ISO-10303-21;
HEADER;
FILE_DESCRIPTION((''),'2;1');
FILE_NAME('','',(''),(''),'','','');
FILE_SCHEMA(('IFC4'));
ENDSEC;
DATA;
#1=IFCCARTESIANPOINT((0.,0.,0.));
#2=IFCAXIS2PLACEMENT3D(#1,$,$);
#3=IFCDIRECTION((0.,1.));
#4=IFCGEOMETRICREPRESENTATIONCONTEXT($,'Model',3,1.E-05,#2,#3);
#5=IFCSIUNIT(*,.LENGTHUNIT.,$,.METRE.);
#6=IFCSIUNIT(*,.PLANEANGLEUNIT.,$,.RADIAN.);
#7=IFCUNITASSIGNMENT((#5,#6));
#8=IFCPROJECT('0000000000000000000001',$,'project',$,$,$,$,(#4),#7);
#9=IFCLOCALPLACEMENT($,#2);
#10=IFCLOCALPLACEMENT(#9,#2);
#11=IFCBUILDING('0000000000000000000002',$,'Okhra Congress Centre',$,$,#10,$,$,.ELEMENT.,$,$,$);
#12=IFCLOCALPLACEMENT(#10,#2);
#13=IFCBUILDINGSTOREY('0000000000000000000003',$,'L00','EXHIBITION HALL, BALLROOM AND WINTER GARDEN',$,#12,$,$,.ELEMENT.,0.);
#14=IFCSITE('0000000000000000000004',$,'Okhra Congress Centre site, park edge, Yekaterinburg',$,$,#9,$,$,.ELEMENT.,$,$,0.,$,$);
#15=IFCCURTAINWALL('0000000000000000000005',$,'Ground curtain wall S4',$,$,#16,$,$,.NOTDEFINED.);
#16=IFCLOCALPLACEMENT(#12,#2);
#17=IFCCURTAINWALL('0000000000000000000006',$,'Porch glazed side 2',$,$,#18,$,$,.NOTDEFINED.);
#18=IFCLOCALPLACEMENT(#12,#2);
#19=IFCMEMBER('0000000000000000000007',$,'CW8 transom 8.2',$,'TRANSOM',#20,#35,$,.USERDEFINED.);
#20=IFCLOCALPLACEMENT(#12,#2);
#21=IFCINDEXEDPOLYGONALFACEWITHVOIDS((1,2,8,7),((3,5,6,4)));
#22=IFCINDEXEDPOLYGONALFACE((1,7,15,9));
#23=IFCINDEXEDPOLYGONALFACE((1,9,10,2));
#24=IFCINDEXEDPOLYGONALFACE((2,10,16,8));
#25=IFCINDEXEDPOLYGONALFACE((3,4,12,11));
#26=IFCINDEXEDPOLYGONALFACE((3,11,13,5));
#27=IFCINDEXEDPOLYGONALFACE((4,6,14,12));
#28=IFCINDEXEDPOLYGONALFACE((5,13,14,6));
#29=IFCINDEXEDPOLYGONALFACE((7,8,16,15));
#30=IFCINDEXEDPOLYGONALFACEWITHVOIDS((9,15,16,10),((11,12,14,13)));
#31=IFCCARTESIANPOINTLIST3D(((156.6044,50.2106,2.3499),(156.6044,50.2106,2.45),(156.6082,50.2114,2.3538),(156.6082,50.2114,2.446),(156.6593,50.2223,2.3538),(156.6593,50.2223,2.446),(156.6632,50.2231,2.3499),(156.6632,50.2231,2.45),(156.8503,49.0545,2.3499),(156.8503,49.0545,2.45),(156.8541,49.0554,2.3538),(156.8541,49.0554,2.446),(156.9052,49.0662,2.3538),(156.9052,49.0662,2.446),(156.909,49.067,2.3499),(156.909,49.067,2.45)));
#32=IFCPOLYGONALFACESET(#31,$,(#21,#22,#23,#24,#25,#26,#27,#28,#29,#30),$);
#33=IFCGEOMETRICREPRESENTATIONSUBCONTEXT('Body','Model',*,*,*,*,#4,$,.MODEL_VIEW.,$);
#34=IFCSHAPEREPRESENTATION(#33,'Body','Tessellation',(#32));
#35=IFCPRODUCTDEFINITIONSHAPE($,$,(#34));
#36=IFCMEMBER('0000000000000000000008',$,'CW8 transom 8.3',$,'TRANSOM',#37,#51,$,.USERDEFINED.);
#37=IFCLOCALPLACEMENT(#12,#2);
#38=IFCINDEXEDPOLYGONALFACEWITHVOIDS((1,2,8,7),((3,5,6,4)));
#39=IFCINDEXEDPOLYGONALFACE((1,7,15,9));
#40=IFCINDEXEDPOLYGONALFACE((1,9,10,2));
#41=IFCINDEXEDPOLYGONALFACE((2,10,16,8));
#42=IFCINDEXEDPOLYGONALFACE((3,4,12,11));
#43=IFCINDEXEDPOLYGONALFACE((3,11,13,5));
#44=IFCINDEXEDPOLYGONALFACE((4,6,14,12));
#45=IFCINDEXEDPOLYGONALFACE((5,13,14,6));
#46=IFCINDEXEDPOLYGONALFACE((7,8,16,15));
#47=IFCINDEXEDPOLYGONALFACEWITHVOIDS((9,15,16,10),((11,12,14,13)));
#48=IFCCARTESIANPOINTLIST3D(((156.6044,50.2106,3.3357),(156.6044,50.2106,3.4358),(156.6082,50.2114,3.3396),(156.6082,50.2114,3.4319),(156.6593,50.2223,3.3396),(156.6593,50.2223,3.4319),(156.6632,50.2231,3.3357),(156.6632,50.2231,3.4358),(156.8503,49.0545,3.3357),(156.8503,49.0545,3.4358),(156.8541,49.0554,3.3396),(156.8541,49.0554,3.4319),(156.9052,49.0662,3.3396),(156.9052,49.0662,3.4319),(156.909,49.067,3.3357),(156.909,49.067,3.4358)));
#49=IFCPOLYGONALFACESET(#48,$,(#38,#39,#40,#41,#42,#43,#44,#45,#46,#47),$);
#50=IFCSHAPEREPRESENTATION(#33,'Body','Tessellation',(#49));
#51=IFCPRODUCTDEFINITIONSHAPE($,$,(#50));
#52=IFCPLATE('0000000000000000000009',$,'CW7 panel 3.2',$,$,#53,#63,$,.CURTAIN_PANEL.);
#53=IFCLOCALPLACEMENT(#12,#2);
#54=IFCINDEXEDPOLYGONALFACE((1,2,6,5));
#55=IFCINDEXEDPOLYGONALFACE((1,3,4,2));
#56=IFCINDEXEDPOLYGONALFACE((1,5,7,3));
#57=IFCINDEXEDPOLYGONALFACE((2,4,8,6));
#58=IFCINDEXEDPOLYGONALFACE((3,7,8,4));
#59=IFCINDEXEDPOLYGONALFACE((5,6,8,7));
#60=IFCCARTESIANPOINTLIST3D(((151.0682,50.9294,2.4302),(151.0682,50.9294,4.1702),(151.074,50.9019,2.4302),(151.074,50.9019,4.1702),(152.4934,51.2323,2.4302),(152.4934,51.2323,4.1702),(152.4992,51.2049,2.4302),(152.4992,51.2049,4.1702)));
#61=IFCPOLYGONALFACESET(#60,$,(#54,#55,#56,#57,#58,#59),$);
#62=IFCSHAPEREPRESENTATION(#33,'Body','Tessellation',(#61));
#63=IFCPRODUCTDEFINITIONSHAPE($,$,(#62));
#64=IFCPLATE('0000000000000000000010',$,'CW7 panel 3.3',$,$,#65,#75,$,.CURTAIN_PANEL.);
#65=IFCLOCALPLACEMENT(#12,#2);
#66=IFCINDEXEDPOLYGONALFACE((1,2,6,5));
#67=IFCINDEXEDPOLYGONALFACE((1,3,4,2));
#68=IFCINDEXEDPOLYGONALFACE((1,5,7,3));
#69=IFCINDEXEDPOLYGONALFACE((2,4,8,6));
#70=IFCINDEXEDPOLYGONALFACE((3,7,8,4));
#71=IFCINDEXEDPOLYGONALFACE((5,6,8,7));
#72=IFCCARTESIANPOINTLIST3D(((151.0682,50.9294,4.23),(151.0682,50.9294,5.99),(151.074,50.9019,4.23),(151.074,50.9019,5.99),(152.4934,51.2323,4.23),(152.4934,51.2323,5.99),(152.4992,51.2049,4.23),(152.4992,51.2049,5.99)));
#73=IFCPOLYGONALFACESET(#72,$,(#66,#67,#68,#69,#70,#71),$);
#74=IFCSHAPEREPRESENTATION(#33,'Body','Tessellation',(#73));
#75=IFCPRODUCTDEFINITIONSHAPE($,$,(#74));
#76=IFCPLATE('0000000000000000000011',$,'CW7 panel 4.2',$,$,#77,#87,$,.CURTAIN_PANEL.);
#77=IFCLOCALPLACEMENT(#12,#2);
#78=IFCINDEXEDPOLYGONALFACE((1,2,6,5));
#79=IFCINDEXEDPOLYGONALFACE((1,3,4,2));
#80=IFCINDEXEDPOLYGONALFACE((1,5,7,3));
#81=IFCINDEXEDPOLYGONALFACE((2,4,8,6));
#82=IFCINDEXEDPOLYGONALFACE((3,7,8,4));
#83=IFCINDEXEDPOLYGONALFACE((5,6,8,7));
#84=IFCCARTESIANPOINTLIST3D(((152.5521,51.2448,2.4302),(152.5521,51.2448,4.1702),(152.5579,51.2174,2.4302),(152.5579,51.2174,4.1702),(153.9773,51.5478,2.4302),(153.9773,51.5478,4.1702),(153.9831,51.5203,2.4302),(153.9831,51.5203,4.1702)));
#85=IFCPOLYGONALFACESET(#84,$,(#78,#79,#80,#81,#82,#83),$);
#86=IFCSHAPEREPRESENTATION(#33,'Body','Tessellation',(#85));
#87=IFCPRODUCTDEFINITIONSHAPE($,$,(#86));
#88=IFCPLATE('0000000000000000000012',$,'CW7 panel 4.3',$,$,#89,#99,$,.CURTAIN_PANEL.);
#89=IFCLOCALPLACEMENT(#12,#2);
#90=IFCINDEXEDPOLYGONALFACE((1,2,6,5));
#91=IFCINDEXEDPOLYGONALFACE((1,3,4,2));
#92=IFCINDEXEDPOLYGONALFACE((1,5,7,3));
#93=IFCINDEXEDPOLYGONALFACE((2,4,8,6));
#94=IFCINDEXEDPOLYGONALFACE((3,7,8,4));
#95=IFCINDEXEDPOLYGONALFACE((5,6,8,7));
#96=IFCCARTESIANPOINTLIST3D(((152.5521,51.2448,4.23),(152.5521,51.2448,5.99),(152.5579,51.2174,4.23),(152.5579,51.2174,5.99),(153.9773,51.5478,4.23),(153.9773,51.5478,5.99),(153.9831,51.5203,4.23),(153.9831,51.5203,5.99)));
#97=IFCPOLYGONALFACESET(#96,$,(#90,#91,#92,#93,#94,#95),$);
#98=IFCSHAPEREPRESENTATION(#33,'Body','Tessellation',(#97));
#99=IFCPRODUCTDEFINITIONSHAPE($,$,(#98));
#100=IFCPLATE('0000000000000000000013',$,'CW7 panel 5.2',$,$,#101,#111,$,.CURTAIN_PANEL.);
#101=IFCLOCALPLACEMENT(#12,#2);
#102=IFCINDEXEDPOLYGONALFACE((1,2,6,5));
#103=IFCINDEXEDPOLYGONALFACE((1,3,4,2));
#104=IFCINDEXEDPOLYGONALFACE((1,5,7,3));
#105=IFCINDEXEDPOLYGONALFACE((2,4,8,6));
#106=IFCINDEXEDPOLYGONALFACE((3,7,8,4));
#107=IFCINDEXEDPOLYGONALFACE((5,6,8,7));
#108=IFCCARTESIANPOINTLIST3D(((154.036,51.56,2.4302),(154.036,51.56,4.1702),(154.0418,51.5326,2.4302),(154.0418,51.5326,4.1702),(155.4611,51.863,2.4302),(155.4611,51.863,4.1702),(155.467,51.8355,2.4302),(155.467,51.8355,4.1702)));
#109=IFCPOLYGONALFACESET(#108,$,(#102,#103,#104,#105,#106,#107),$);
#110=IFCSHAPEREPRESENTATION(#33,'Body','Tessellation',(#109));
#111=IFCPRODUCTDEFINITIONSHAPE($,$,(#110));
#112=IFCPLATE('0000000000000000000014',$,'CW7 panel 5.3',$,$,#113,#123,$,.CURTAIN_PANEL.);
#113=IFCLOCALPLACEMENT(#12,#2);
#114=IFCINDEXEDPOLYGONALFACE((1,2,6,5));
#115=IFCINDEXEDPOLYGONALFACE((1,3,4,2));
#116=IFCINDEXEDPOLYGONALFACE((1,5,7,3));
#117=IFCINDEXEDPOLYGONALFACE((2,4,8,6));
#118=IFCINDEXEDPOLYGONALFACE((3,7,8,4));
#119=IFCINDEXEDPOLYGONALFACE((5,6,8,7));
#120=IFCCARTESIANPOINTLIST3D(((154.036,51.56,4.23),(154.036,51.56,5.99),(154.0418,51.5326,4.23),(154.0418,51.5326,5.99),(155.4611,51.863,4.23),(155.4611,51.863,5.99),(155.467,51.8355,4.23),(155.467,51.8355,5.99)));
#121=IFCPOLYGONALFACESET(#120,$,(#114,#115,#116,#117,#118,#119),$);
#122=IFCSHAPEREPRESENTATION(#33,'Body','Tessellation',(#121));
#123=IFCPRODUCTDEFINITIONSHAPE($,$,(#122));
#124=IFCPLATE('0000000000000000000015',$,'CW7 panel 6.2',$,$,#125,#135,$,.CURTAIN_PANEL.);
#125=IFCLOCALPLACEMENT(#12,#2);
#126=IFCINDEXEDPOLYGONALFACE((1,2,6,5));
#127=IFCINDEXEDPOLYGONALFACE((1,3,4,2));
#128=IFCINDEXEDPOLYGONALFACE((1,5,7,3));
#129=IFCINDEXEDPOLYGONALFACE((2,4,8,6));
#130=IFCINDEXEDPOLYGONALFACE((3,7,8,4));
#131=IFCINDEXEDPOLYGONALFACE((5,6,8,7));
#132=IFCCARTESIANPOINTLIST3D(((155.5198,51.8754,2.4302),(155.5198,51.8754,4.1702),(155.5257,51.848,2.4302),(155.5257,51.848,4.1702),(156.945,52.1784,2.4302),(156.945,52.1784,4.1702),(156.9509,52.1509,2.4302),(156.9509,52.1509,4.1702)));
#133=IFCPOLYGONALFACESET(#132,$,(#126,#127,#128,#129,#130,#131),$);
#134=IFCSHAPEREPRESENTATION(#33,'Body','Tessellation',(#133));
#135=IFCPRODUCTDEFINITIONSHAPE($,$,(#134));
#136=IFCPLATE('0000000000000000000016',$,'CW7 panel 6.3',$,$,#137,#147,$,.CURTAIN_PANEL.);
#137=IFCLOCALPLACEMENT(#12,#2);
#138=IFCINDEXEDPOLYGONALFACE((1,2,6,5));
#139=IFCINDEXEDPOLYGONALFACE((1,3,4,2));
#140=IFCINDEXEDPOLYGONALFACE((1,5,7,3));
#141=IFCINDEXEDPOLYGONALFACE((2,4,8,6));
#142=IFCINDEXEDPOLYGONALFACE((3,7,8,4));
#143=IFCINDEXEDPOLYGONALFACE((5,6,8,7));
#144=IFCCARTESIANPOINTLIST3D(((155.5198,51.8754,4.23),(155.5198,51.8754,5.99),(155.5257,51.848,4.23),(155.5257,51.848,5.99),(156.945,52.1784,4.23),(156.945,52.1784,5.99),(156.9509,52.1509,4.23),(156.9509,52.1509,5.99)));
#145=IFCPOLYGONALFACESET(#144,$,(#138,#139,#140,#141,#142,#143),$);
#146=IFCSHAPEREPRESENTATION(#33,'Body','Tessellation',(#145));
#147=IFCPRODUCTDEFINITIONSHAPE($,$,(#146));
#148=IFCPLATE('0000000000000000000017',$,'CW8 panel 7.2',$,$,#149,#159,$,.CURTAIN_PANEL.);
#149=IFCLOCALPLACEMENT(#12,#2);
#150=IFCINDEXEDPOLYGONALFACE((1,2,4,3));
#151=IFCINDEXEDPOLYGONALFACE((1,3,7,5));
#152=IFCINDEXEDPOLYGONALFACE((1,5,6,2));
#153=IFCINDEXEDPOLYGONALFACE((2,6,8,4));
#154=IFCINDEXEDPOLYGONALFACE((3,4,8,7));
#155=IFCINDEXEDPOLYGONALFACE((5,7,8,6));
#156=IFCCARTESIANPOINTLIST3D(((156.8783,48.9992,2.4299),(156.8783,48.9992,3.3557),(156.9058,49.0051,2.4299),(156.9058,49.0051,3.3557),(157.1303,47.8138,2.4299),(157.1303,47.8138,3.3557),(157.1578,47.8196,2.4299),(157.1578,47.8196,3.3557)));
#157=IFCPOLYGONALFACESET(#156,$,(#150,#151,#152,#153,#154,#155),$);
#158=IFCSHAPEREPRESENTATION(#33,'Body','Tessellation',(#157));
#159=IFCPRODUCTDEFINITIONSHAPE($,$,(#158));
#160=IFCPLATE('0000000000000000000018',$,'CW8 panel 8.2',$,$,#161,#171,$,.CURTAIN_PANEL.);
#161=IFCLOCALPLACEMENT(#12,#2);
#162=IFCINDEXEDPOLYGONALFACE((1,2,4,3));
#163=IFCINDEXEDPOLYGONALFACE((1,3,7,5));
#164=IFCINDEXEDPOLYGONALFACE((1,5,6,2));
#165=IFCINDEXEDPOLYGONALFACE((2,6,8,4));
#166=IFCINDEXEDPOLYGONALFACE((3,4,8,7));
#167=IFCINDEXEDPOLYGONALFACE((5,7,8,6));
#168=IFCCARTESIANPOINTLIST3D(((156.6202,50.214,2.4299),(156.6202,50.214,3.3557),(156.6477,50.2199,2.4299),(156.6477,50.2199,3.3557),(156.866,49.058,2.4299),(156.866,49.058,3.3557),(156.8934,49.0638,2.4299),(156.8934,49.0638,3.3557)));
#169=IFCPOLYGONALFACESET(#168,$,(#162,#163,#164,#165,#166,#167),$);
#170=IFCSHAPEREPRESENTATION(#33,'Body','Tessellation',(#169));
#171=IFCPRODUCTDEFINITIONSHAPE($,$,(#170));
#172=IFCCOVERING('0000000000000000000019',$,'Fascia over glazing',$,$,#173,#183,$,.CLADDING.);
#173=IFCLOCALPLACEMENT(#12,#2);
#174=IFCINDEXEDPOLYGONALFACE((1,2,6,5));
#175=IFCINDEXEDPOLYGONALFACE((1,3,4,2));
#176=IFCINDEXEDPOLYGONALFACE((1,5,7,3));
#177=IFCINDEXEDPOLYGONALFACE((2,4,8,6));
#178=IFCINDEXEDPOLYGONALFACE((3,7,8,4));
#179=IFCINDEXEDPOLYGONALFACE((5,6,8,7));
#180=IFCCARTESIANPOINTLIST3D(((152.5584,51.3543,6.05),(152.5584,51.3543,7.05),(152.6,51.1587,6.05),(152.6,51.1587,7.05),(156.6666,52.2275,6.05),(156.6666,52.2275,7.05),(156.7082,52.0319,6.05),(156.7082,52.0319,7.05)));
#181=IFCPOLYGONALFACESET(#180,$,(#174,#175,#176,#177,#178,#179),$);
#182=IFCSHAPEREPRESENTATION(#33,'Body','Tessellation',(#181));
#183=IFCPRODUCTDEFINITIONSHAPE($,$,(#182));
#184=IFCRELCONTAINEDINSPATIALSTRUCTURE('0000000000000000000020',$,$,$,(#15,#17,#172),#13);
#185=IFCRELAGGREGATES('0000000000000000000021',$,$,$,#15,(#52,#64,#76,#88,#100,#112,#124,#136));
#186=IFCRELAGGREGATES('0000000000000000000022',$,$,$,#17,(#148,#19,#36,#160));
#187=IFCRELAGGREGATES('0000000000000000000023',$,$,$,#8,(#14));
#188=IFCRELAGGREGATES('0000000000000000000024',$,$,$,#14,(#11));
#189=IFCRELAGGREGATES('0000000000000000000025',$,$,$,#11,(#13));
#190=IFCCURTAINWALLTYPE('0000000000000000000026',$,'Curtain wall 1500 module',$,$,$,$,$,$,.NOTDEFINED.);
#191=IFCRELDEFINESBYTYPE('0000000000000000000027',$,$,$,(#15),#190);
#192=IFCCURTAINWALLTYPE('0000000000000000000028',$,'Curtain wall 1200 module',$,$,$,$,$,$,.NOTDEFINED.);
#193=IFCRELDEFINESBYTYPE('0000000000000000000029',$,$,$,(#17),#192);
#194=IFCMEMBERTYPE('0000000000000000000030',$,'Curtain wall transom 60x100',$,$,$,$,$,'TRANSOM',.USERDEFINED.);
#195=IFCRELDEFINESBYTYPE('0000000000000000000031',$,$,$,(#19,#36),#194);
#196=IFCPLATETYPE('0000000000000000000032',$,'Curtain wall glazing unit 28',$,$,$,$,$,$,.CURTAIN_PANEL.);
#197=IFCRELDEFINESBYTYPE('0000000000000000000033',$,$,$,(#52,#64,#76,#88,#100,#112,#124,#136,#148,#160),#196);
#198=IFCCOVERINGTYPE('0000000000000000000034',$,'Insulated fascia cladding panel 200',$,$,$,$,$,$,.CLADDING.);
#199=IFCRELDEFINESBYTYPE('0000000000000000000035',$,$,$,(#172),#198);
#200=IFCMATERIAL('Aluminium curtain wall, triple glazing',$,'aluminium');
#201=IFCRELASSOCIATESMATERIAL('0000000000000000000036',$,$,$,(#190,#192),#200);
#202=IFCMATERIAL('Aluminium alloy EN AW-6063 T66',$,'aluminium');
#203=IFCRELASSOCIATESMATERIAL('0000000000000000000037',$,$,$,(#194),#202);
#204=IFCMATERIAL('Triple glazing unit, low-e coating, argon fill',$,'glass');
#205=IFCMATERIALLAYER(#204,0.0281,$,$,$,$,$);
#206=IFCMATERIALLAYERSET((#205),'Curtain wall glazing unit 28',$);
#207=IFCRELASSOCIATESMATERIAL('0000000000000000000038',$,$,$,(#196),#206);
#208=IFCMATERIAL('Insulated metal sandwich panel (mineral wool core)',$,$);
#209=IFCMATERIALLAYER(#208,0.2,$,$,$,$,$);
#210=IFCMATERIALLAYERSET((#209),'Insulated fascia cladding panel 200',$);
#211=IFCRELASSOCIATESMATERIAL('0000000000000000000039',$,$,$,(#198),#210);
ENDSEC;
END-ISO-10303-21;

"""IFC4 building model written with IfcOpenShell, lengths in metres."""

from ifc_helpers import new_model, si_unit, direction, frame, origin, origin_2d, place, context, subcontext, project, spatial, rectangle, hollow_rectangle, extrude, material, layer, layer_set, material_profile, profile_set, type_object, element, aggregate, save


model = new_model("IFC4")

# Units and contexts
model_context = context("Model", 3, precision=1e-05, world=origin(), true_north=direction((0.0, 1.0)))
body_context = subcontext(model_context, "Body", "Model", "MODEL_VIEW")
ifc_project = project(units=[si_unit("LENGTHUNIT", "METRE"), si_unit("PLANEANGLEUNIT", "RADIAN")], contexts=[model_context])

# Site, building, storey
site_placement = place(None, origin())
site = spatial("IfcSite", under=ifc_project, at=site_placement, Name="Okhra Congress Centre site, park edge, Yekaterinburg", CompositionType="ELEMENT", RefElevation=0.0)
building_placement = place(site_placement, origin())
building = spatial("IfcBuilding", under=site, at=building_placement, Name="Okhra Congress Centre", CompositionType="ELEMENT")
storey_placement = place(building_placement, origin())
storey = spatial("IfcBuildingStorey", under=building, at=storey_placement, Name="L00", Description="EXHIBITION HALL, BALLROOM AND WINTER GARDEN", CompositionType="ELEMENT", Elevation=0.0)

# Curtain walls, members
ifc_material_1 = material(Name="Aluminium curtain wall, triple glazing", Category="aluminium")
curtain_wall_type_1 = type_object("IfcCurtainWallType", Name="Curtain wall 1500 module", PredefinedType="NOTDEFINED", material=ifc_material_1)
curtain_wall_1_placement = place(storey_placement, origin())
curtain_wall_1 = element("IfcCurtainWall", 1, at=curtain_wall_1_placement, inside=storey, type_object=curtain_wall_type_1, Name="Ground curtain wall S4", PredefinedType="NOTDEFINED")
ifc_material_2 = material(Name="Aluminium alloy EN AW-6063 T66", Category="aluminium")
ifc_material_profile = material_profile(ifc_material_2, hollow_rectangle(XDim=0.0601, YDim=0.1001, WallThickness=0.0039, at=origin_2d()), Name="RHS 60x100x4")
ifc_profile_set = profile_set([ifc_material_profile], Name="Aluminium alloy EN AW-6063 T66")
member_type = type_object("IfcMemberType", Name="Curtain wall transom 60x100", ElementType="TRANSOM", PredefinedType="USERDEFINED", material=ifc_profile_set)
curtain_wall_type_2 = type_object("IfcCurtainWallType", Name="Curtain wall 1200 module", PredefinedType="NOTDEFINED", material=ifc_material_1)
curtain_wall_2_placement = place(storey_placement, origin())
curtain_wall_2 = element("IfcCurtainWall", 2, at=curtain_wall_2_placement, inside=storey, type_object=curtain_wall_type_2, Name="Porch glazed side 2", PredefinedType="NOTDEFINED")
member_1_placement = place(storey_placement, frame((156.8796, 49.0608, 2.3999), z_axis=(-0.208019, 0.978125, 0.0), x_axis=(-0.978125, -0.208019, 0.0)))
member_1 = element("IfcMember", 3, at=member_1_placement, type_object=member_type, Name="CW8 transom 8.2", ObjectType="TRANSOM", PredefinedType="USERDEFINED", context=body_context, shape_type="SweptSolid", body=[
    extrude(hollow_rectangle(XDim=0.0601, YDim=0.1001, WallThickness=0.0039, at=origin_2d()), origin(), (0.0, 0.0, 1.0), 1.1819),
])
member_2_placement = place(storey_placement, frame((156.8796, 49.0608, 3.3857), z_axis=(-0.208019, 0.978125, 0.0), x_axis=(-0.978125, -0.208019, 0.0)))
member_2 = element("IfcMember", 4, at=member_2_placement, type_object=member_type, Name="CW8 transom 8.3", ObjectType="TRANSOM", PredefinedType="USERDEFINED", context=body_context, shape_type="SweptSolid", body=[
    extrude(hollow_rectangle(XDim=0.0601, YDim=0.1001, WallThickness=0.0039, at=origin_2d()), origin(), (0.0, 0.0, 1.0), 1.1819),
])

# Plates
ifc_material_3 = material(Name="Triple glazing unit, low-e coating, argon fill", Category="glass")
ifc_layer_1 = layer(ifc_material_3, 0.0281)
ifc_layer_set_1 = layer_set([ifc_layer_1], Name="Curtain wall glazing unit 28")
plate_type = type_object("IfcPlateType", Name="Curtain wall glazing unit 28", PredefinedType="CURTAIN_PANEL", material=ifc_layer_set_1)
plate_1_placement = place(storey_placement, frame((151.7837, 51.0671, 2.4302), z_axis=(0.0, 0.0, 1.0), x_axis=(0.978148, 0.207912, 0.0)))
plate_1 = element("IfcPlate", 5, at=plate_1_placement, type_object=plate_type, Name="CW7 panel 3.2", PredefinedType="CURTAIN_PANEL", context=body_context, shape_type="SweptSolid", body=[
    extrude(rectangle(XDim=1.457, YDim=0.0281, at=origin_2d()), origin(), (0.0, 0.0, 1.0), 1.74),
])
plate_2_placement = place(storey_placement, frame((151.7837, 51.0671, 4.23), z_axis=(0.0, 0.0, 1.0), x_axis=(0.978148, 0.207912, 0.0)))
plate_2 = element("IfcPlate", 6, at=plate_2_placement, type_object=plate_type, Name="CW7 panel 3.3", PredefinedType="CURTAIN_PANEL", context=body_context, shape_type="SweptSolid", body=[
    extrude(rectangle(XDim=1.457, YDim=0.0281, at=origin_2d()), origin(), (0.0, 0.0, 1.0), 1.76),
])
plate_3_placement = place(storey_placement, frame((153.2676, 51.3826, 2.4302), z_axis=(0.0, 0.0, 1.0), x_axis=(0.978148, 0.207912, 0.0)))
plate_3 = element("IfcPlate", 7, at=plate_3_placement, type_object=plate_type, Name="CW7 panel 4.2", PredefinedType="CURTAIN_PANEL", context=body_context, shape_type="SweptSolid", body=[
    extrude(rectangle(XDim=1.457, YDim=0.0281, at=origin_2d()), origin(), (0.0, 0.0, 1.0), 1.74),
])
plate_4_placement = place(storey_placement, frame((153.2676, 51.3826, 4.23), z_axis=(0.0, 0.0, 1.0), x_axis=(0.978148, 0.207912, 0.0)))
plate_4 = element("IfcPlate", 8, at=plate_4_placement, type_object=plate_type, Name="CW7 panel 4.3", PredefinedType="CURTAIN_PANEL", context=body_context, shape_type="SweptSolid", body=[
    extrude(rectangle(XDim=1.457, YDim=0.0281, at=origin_2d()), origin(), (0.0, 0.0, 1.0), 1.76),
])
plate_5_placement = place(storey_placement, frame((154.7515, 51.6978, 2.4302), z_axis=(0.0, 0.0, 1.0), x_axis=(0.978148, 0.207912, 0.0)))
plate_5 = element("IfcPlate", 9, at=plate_5_placement, type_object=plate_type, Name="CW7 panel 5.2", PredefinedType="CURTAIN_PANEL", context=body_context, shape_type="SweptSolid", body=[
    extrude(rectangle(XDim=1.457, YDim=0.0281, at=origin_2d()), origin(), (0.0, 0.0, 1.0), 1.74),
])
plate_6_placement = place(storey_placement, frame((154.7515, 51.6978, 4.23), z_axis=(0.0, 0.0, 1.0), x_axis=(0.978148, 0.207912, 0.0)))
plate_6 = element("IfcPlate", 10, at=plate_6_placement, type_object=plate_type, Name="CW7 panel 5.3", PredefinedType="CURTAIN_PANEL", context=body_context, shape_type="SweptSolid", body=[
    extrude(rectangle(XDim=1.457, YDim=0.0281, at=origin_2d()), origin(), (0.0, 0.0, 1.0), 1.76),
])
plate_7_placement = place(storey_placement, frame((156.2354, 52.0132, 2.4302), z_axis=(0.0, 0.0, 1.0), x_axis=(0.978148, 0.207912, 0.0)))
plate_7 = element("IfcPlate", 11, at=plate_7_placement, type_object=plate_type, Name="CW7 panel 6.2", PredefinedType="CURTAIN_PANEL", context=body_context, shape_type="SweptSolid", body=[
    extrude(rectangle(XDim=1.457, YDim=0.0281, at=origin_2d()), origin(), (0.0, 0.0, 1.0), 1.74),
])
plate_8_placement = place(storey_placement, frame((156.2354, 52.0132, 4.23), z_axis=(0.0, 0.0, 1.0), x_axis=(0.978148, 0.207912, 0.0)))
plate_8 = element("IfcPlate", 12, at=plate_8_placement, type_object=plate_type, Name="CW7 panel 6.3", PredefinedType="CURTAIN_PANEL", context=body_context, shape_type="SweptSolid", body=[
    extrude(rectangle(XDim=1.457, YDim=0.0281, at=origin_2d()), origin(), (0.0, 0.0, 1.0), 1.76),
])
aggregate(curtain_wall_1, [plate_1, plate_2, plate_3, plate_4, plate_5, plate_6, plate_7, plate_8])
plate_9_placement = place(storey_placement, frame((157.0181, 48.4094, 2.4299), z_axis=(0.0, 0.0, 1.0), x_axis=(-0.207912, 0.978148, 0.0)))
plate_9 = element("IfcPlate", 13, at=plate_9_placement, type_object=plate_type, Name="CW8 panel 7.2", PredefinedType="CURTAIN_PANEL", context=body_context, shape_type="SweptSolid", body=[
    extrude(rectangle(XDim=1.2119, YDim=0.0281, at=origin_2d()), origin(), (0.0, 0.0, 1.0), 0.9258),
])
plate_10_placement = place(storey_placement, frame((156.7568, 49.6389, 2.4299), z_axis=(0.0, 0.0, 1.0), x_axis=(-0.207912, 0.978148, 0.0)))
plate_10 = element("IfcPlate", 14, at=plate_10_placement, type_object=plate_type, Name="CW8 panel 8.2", PredefinedType="CURTAIN_PANEL", context=body_context, shape_type="SweptSolid", body=[
    extrude(rectangle(XDim=1.1819, YDim=0.0281, at=origin_2d()), origin(), (0.0, 0.0, 1.0), 0.9258),
])
aggregate(curtain_wall_2, [plate_9, member_1, member_2, plate_10])

# Covering
ifc_material_4 = material(Name="Insulated metal sandwich panel (mineral wool core)")
ifc_layer_2 = layer(ifc_material_4, 0.2)
ifc_layer_set_2 = layer_set([ifc_layer_2], Name="Insulated fascia cladding panel 200")
covering_type = type_object("IfcCoveringType", Name="Insulated fascia cladding panel 200", PredefinedType="CLADDING", material=ifc_layer_set_2)
covering_placement = place(storey_placement, frame((154.6333, 51.6931, 6.05), z_axis=(0.0, 0.0, 1.0), x_axis=(0.978148, 0.207912, 0.0)))
element("IfcCovering", 15, at=covering_placement, inside=storey, type_object=covering_type, Name="Fascia over glazing", PredefinedType="CLADDING", context=body_context, shape_type="SweptSolid", body=[
    extrude(rectangle(XDim=4.2, YDim=0.2, at=origin_2d()), origin(), (0.0, 0.0, 1.0), 1.0),
])

save(model, "model.ifc")
